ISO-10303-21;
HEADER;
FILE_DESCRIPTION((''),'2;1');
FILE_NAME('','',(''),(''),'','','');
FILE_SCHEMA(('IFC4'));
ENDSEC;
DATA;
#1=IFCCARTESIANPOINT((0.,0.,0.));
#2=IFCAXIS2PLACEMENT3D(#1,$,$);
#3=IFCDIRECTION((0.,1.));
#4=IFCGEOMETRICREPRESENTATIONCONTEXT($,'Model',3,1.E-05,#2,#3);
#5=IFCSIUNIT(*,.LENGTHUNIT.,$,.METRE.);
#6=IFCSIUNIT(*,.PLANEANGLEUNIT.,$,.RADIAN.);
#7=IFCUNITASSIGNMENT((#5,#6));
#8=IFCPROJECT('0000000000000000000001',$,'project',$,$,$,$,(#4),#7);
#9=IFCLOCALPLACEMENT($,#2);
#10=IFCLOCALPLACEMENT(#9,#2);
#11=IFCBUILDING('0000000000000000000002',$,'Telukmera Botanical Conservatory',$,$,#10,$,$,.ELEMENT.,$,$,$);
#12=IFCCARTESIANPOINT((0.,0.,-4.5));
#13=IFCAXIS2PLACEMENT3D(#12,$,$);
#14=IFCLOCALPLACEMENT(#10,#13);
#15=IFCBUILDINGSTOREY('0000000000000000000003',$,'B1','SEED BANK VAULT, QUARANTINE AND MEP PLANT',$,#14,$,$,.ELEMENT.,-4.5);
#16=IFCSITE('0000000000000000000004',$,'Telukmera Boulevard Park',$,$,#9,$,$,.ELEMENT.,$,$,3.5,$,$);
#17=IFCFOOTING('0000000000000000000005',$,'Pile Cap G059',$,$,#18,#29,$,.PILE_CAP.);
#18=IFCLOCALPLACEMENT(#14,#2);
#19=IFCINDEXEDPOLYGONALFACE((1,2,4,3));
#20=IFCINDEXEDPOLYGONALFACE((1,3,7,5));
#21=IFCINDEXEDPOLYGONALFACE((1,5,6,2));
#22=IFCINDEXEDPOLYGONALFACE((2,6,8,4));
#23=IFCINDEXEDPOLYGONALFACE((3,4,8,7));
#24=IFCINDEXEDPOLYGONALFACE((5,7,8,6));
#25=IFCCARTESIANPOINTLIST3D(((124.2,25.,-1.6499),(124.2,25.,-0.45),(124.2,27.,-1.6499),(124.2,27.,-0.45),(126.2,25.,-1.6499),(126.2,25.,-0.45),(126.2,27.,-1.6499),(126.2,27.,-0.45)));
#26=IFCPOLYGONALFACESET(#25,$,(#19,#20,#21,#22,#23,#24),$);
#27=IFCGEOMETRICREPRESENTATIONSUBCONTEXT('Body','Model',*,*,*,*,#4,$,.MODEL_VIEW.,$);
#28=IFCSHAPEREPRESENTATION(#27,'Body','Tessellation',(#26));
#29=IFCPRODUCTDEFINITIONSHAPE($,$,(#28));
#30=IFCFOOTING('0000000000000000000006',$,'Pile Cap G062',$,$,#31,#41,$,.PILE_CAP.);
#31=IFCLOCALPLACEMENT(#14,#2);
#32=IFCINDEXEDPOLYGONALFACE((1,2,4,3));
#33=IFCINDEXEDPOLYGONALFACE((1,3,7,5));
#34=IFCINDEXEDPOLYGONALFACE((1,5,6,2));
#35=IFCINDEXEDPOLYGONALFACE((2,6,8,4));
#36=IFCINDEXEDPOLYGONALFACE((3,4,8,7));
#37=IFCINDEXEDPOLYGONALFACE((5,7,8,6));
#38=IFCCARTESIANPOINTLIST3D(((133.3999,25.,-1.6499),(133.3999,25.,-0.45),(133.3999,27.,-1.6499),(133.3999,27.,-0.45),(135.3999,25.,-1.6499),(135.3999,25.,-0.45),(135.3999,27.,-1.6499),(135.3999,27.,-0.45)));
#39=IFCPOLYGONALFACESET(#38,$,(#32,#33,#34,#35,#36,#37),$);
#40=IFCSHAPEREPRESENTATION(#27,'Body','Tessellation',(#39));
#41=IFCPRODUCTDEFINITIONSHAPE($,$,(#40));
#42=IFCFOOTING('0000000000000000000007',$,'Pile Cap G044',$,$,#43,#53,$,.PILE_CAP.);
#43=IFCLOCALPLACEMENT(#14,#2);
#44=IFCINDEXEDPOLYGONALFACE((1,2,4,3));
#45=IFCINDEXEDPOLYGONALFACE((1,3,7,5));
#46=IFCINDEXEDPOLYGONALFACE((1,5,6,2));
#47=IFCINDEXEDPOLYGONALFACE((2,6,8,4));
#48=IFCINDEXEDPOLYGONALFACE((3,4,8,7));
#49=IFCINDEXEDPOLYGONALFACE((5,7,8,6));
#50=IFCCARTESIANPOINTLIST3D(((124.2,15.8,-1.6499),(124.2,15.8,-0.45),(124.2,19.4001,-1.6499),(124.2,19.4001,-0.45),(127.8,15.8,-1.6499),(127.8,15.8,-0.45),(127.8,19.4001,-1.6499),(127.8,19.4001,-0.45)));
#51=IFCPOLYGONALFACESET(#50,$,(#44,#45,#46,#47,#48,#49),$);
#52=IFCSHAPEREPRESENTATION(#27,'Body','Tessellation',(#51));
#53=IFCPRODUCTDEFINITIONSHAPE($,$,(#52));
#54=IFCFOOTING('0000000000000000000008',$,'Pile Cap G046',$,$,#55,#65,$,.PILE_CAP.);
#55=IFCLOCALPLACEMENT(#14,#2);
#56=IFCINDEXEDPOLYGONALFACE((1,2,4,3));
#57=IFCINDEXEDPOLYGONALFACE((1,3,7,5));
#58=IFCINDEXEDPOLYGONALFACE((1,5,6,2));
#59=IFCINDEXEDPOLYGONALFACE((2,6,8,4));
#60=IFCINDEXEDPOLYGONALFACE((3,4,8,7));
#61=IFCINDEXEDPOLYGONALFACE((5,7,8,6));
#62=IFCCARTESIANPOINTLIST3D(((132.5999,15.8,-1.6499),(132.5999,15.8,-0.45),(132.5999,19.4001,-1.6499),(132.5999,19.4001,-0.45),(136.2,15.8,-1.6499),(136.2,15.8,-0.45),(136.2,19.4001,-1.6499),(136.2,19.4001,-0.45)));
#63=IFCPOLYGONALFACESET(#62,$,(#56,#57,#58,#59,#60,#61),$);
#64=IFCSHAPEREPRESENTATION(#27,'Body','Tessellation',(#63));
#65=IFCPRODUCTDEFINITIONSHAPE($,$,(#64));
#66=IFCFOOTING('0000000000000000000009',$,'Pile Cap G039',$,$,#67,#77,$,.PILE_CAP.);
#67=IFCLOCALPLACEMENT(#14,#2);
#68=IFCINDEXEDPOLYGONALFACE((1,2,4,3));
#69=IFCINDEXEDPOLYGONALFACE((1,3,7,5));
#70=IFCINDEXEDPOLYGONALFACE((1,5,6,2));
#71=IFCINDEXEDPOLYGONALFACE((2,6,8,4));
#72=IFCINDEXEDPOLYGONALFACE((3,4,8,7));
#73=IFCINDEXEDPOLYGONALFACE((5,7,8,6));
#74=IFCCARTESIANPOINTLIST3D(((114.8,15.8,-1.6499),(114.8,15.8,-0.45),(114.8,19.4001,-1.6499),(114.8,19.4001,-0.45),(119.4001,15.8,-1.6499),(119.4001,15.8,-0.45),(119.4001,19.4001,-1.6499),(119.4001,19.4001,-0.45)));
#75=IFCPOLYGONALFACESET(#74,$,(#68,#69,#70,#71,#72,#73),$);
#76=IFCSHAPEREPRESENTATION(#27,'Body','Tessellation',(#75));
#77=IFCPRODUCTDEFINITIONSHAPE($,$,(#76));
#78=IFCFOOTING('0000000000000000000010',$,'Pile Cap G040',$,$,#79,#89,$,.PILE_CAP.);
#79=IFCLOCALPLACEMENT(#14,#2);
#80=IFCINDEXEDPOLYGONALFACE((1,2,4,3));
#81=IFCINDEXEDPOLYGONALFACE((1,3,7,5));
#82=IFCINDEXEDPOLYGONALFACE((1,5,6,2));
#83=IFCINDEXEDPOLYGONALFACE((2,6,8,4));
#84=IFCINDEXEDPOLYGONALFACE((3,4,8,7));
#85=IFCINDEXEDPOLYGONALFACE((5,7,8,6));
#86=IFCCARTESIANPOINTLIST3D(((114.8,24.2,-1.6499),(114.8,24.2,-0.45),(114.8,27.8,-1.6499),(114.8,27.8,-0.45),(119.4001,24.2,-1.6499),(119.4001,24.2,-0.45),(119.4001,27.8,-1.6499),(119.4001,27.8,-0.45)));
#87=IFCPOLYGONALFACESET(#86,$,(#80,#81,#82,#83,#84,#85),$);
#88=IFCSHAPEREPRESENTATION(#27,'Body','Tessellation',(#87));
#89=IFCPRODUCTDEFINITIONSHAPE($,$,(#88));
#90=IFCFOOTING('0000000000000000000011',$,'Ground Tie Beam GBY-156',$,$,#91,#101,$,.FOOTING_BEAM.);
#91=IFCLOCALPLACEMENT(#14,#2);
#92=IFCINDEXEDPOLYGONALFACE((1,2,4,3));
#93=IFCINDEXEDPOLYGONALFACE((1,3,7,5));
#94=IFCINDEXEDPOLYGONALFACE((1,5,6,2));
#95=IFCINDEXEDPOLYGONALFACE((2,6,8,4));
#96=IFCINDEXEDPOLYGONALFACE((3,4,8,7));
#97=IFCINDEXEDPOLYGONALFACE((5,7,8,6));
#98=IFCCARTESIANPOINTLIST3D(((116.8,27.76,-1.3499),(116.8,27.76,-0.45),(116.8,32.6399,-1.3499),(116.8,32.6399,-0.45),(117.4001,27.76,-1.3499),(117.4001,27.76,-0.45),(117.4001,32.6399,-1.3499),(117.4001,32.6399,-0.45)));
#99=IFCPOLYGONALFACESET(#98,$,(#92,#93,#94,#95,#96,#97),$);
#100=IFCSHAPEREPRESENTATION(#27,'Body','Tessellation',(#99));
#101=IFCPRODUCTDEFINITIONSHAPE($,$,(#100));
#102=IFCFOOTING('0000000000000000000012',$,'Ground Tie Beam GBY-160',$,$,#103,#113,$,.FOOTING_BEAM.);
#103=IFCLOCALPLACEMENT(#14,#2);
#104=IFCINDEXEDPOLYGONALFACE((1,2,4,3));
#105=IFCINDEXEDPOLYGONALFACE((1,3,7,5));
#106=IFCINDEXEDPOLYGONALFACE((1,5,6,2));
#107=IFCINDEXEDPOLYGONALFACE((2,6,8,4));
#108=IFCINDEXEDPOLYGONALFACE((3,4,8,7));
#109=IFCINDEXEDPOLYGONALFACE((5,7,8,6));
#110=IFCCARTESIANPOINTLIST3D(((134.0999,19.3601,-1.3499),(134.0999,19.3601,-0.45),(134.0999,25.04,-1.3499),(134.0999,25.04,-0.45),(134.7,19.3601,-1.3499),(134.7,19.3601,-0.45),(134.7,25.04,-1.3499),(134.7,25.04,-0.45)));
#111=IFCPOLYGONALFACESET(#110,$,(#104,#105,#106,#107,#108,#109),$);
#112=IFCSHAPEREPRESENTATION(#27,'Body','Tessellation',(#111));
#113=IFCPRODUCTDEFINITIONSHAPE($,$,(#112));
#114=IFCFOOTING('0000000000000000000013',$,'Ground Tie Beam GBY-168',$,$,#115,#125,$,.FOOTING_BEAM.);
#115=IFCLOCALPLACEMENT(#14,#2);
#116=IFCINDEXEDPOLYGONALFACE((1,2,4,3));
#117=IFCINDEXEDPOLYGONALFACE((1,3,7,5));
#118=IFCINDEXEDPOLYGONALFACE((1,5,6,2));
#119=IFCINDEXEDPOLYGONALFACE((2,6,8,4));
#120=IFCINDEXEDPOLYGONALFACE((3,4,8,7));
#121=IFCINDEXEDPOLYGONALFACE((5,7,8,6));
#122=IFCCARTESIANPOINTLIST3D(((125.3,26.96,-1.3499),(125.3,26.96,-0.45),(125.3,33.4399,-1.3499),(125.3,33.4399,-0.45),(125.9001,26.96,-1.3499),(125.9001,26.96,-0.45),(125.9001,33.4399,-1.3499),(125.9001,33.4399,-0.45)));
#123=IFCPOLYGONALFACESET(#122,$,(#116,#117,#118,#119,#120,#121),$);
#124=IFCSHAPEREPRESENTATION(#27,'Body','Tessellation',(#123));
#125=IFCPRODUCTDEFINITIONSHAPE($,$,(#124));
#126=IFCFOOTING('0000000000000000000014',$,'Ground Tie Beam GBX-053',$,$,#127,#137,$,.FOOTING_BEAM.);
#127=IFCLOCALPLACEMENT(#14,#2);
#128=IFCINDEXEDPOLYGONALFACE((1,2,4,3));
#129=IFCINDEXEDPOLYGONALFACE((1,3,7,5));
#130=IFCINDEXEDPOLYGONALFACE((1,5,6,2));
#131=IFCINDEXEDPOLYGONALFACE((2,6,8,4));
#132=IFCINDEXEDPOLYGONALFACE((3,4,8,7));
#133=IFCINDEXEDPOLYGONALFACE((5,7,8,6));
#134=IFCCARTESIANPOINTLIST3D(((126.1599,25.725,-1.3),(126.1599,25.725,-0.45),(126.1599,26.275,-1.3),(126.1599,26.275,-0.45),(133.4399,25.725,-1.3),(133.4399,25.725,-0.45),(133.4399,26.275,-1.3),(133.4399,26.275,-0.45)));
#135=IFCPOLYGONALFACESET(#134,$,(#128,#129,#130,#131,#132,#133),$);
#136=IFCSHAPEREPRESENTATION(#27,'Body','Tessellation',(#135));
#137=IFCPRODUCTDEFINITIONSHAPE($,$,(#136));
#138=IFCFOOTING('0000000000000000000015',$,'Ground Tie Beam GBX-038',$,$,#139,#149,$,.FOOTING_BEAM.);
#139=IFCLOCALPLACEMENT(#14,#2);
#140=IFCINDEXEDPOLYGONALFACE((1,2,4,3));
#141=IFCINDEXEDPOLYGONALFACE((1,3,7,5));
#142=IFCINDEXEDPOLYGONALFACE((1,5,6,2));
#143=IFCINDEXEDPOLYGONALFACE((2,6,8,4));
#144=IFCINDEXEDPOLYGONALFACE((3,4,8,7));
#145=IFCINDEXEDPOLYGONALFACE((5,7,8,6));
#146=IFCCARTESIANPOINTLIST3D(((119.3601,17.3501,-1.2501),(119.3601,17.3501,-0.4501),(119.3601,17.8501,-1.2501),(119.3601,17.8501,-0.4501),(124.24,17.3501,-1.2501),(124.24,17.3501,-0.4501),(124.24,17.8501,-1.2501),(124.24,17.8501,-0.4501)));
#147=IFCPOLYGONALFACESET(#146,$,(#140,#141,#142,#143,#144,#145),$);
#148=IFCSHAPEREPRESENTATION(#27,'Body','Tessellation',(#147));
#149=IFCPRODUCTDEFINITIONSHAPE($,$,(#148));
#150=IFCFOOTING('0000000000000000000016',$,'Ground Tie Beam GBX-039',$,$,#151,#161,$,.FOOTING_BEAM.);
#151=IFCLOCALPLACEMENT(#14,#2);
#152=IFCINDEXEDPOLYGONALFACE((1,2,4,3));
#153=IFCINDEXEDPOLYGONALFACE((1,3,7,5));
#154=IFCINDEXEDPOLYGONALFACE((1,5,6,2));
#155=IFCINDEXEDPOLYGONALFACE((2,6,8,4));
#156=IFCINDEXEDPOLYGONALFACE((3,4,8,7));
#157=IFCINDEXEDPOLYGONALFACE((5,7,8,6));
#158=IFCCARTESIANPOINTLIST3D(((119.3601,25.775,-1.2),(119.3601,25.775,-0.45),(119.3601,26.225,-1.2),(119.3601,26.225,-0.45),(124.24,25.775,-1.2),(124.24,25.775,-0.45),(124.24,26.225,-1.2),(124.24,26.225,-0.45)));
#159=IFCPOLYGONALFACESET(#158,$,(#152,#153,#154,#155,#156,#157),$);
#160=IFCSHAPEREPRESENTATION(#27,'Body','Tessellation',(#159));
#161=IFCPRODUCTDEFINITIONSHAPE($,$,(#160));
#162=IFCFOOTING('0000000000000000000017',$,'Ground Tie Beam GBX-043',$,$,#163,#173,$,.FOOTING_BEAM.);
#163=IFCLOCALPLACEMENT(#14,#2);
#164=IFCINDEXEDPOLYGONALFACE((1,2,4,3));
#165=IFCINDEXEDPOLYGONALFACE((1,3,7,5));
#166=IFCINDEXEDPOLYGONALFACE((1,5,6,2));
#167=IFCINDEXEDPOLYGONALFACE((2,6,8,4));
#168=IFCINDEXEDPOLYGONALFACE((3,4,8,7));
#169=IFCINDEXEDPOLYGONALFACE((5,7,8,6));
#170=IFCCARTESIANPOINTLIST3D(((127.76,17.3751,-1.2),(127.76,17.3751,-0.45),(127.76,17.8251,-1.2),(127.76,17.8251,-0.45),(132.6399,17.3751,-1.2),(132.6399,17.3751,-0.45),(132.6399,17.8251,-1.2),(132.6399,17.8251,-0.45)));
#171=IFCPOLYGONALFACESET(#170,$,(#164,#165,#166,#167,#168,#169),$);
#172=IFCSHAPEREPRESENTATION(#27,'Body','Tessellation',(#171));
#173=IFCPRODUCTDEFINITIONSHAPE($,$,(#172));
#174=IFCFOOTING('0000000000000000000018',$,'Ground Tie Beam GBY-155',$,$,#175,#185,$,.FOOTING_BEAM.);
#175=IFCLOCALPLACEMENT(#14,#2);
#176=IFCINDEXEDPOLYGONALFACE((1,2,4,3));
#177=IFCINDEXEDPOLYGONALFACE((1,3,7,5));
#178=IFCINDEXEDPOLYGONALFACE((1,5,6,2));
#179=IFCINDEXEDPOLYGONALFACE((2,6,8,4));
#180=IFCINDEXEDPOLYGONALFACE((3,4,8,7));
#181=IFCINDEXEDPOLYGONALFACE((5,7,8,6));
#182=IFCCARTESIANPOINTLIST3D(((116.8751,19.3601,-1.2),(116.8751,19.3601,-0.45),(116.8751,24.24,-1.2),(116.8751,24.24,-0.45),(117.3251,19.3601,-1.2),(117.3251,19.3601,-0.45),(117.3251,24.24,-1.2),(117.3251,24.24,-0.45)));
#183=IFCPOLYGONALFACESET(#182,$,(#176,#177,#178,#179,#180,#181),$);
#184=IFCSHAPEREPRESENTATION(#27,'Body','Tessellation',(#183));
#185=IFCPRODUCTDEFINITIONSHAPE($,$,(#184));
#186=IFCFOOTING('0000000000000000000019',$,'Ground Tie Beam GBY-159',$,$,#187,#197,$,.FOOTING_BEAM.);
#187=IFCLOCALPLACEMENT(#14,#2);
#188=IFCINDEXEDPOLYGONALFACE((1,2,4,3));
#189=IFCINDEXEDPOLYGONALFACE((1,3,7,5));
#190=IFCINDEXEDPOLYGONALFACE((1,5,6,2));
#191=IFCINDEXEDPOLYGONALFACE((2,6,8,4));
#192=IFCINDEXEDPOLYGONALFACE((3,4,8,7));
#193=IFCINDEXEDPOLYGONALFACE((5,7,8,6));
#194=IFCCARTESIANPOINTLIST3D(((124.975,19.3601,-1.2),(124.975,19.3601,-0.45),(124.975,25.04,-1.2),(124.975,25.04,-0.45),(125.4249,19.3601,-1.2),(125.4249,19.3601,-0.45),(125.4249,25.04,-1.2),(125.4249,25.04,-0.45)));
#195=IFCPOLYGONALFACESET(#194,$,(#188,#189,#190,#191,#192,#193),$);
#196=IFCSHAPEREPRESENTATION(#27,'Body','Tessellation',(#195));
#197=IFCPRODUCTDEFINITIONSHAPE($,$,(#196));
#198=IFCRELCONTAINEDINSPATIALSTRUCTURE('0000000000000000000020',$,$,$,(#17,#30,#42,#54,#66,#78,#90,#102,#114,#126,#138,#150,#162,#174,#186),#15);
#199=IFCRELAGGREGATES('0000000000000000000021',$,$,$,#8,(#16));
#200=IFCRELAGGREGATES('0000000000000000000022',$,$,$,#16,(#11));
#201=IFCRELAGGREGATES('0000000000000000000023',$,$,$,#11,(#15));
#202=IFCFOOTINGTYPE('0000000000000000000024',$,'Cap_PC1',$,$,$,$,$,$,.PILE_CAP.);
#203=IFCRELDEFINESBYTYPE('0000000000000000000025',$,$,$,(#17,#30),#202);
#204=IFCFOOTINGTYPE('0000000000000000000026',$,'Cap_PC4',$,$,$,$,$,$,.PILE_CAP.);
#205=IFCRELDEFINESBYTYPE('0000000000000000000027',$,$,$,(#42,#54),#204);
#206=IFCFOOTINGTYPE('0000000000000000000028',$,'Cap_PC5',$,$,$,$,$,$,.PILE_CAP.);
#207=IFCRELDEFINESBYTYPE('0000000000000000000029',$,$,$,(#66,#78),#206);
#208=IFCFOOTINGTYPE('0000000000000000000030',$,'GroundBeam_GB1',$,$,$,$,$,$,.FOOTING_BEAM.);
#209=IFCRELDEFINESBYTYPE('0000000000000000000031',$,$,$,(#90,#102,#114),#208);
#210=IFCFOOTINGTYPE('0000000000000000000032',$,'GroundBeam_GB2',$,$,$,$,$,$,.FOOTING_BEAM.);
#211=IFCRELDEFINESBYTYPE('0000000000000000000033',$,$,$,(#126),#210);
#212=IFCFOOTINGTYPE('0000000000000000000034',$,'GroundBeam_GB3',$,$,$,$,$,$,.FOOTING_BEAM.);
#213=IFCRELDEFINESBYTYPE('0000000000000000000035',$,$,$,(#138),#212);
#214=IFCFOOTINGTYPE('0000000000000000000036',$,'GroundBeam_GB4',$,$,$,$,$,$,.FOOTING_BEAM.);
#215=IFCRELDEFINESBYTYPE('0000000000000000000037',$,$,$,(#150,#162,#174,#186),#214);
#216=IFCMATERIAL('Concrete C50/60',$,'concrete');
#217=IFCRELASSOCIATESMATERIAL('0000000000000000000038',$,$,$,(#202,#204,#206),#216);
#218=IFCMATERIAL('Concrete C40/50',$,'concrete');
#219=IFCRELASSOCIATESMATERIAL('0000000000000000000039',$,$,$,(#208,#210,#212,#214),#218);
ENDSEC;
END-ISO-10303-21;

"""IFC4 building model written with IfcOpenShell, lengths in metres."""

from ifc_helpers import new_model, si_unit, direction, frame, origin, origin_2d, place, context, subcontext, project, spatial, rectangle, extrude, material, material_profile, profile_set, type_object, element, save


model = new_model("IFC4")

# Units and contexts
model_context = context("Model", 3, precision=1e-05, world=origin(), true_north=direction((0.0, 1.0)))
body_context = subcontext(model_context, "Body", "Model", "MODEL_VIEW")
ifc_project = project(units=[si_unit("LENGTHUNIT", "METRE"), si_unit("PLANEANGLEUNIT", "RADIAN")], contexts=[model_context])

# Site, building, storey
site_placement = place(None, origin())
site = spatial("IfcSite", under=ifc_project, at=site_placement, Name="Telukmera Boulevard Park", CompositionType="ELEMENT", RefElevation=3.5)
building_placement = place(site_placement, origin())
building = spatial("IfcBuilding", under=site, at=building_placement, Name="Telukmera Botanical Conservatory", CompositionType="ELEMENT")
storey_placement = place(building_placement, frame((0.0, 0.0, -4.5)))
storey = spatial("IfcBuildingStorey", under=building, at=storey_placement, Name="B1", Description="SEED BANK VAULT, QUARANTINE AND MEP PLANT", CompositionType="ELEMENT", Elevation=-4.5)

# Footings
ifc_material_1 = material(Name="Concrete C50/60", Category="concrete")
footing_type_1 = type_object("IfcFootingType", Name="Cap_PC1", PredefinedType="PILE_CAP", material=ifc_material_1)
for number, where, z_axis, x_axis, name in (
    (1, (125.2, 26.0, -1.6499), (0.0, 0.0, 1.0), (1.0, 0.0, 0.0), "Pile Cap G059"),
    (2, (134.3999, 26.0, -1.6499), (0.0, 0.0, 1.0), (1.0, 0.0, 0.0), "Pile Cap G062"),
):
    element("IfcFooting", number, at=place(storey_placement, frame(where, z_axis=z_axis, x_axis=x_axis)), inside=storey, type_object=footing_type_1, Name=name, PredefinedType="PILE_CAP", context=body_context, shape_type="SweptSolid", body=[
        extrude(rectangle(XDim=2.0, YDim=2.0, at=origin_2d()), origin(), (0.0, 0.0, 1.0), 1.2),
    ])
footing_type_2 = type_object("IfcFootingType", Name="Cap_PC4", PredefinedType="PILE_CAP", material=ifc_material_1)
for number, where, z_axis, x_axis, name in (
    (3, (126.0, 17.6001, -1.6499), (0.0, 0.0, 1.0), (1.0, 0.0, 0.0), "Pile Cap G044"),
    (4, (134.3999, 17.6001, -1.6499), (0.0, 0.0, 1.0), (1.0, 0.0, 0.0), "Pile Cap G046"),
):
    element("IfcFooting", number, at=place(storey_placement, frame(where, z_axis=z_axis, x_axis=x_axis)), inside=storey, type_object=footing_type_2, Name=name, PredefinedType="PILE_CAP", context=body_context, shape_type="SweptSolid", body=[
        extrude(rectangle(XDim=3.6001, YDim=3.6001, at=origin_2d()), origin(), (0.0, 0.0, 1.0), 1.2),
    ])
footing_type_3 = type_object("IfcFootingType", Name="Cap_PC5", PredefinedType="PILE_CAP", material=ifc_material_1)
for number, where, z_axis, x_axis, name in (
    (5, (117.1001, 17.6001, -1.6499), (0.0, 0.0, 1.0), (1.0, 0.0, 0.0), "Pile Cap G039"),
    (6, (117.1001, 26.0, -1.6499), (0.0, 0.0, 1.0), (1.0, 0.0, 0.0), "Pile Cap G040"),
):
    element("IfcFooting", number, at=place(storey_placement, frame(where, z_axis=z_axis, x_axis=x_axis)), inside=storey, type_object=footing_type_3, Name=name, PredefinedType="PILE_CAP", context=body_context, shape_type="SweptSolid", body=[
        extrude(rectangle(XDim=4.6001, YDim=3.6001, at=origin_2d()), origin(), (0.0, 0.0, 1.0), 1.2),
    ])
ifc_material_2 = material(Name="Concrete C40/50", Category="concrete")
ifc_material_profile_1 = material_profile(ifc_material_2, rectangle(XDim=0.6001, YDim=0.8999, at=origin_2d()), Name="RC 600x900")
ifc_profile_set_1 = profile_set([ifc_material_profile_1], Name="Concrete C40/50")
footing_type_4 = type_object("IfcFootingType", Name="GroundBeam_GB1", PredefinedType="FOOTING_BEAM", material=ifc_profile_set_1)
footing_1_placement = place(storey_placement, frame((117.1001, 27.76, -0.8999), z_axis=(0.0, 1.0, 0.0), x_axis=(-1.0, 0.0, 0.0)))
element("IfcFooting", 7, at=footing_1_placement, inside=storey, type_object=footing_type_4, Name="Ground Tie Beam GBY-156", PredefinedType="FOOTING_BEAM", context=body_context, shape_type="SweptSolid", body=[
    extrude(rectangle(XDim=0.6001, YDim=0.8999, at=origin_2d()), origin(), (0.0, 0.0, 1.0), 4.8799),
])
footing_2_placement = place(storey_placement, frame((134.3999, 19.3601, -0.8999), z_axis=(0.0, 1.0, 0.0), x_axis=(-1.0, 0.0, 0.0)))
element("IfcFooting", 8, at=footing_2_placement, inside=storey, type_object=footing_type_4, Name="Ground Tie Beam GBY-160", PredefinedType="FOOTING_BEAM", context=body_context, shape_type="SweptSolid", body=[
    extrude(rectangle(XDim=0.6001, YDim=0.8999, at=origin_2d()), origin(), (0.0, 0.0, 1.0), 5.6799),
])
footing_3_placement = place(storey_placement, frame((125.6001, 26.96, -0.8999), z_axis=(0.0, 1.0, 0.0), x_axis=(-1.0, 0.0, 0.0)))
element("IfcFooting", 9, at=footing_3_placement, inside=storey, type_object=footing_type_4, Name="Ground Tie Beam GBY-168", PredefinedType="FOOTING_BEAM", context=body_context, shape_type="SweptSolid", body=[
    extrude(rectangle(XDim=0.6001, YDim=0.8999, at=origin_2d()), origin(), (0.0, 0.0, 1.0), 6.48),
])
ifc_material_profile_2 = material_profile(ifc_material_2, rectangle(XDim=0.55, YDim=0.8501, at=origin_2d()), Name="RC 550x850")
ifc_profile_set_2 = profile_set([ifc_material_profile_2], Name="Concrete C40/50")
footing_type_5 = type_object("IfcFootingType", Name="GroundBeam_GB2", PredefinedType="FOOTING_BEAM", material=ifc_profile_set_2)
footing_4_placement = place(storey_placement, frame((126.1599, 26.0, -0.875), z_axis=(1.0, 0.0, 0.0), x_axis=(0.0, 1.0, 0.0)))
element("IfcFooting", 10, at=footing_4_placement, inside=storey, type_object=footing_type_5, Name="Ground Tie Beam GBX-053", PredefinedType="FOOTING_BEAM", context=body_context, shape_type="SweptSolid", body=[
    extrude(rectangle(XDim=0.55, YDim=0.8501, at=origin_2d()), origin(), (0.0, 0.0, 1.0), 7.28),
])
ifc_material_profile_3 = material_profile(ifc_material_2, rectangle(XDim=0.5, YDim=0.8, at=origin_2d()), Name="RC 500x800")
ifc_profile_set_3 = profile_set([ifc_material_profile_3], Name="Concrete C40/50")
footing_type_6 = type_object("IfcFootingType", Name="GroundBeam_GB3", PredefinedType="FOOTING_BEAM", material=ifc_profile_set_3)
footing_5_placement = place(storey_placement, frame((119.3601, 17.6001, -0.8501), z_axis=(1.0, 0.0, 0.0), x_axis=(0.0, 1.0, 0.0)))
element("IfcFooting", 11, at=footing_5_placement, inside=storey, type_object=footing_type_6, Name="Ground Tie Beam GBX-038", PredefinedType="FOOTING_BEAM", context=body_context, shape_type="SweptSolid", body=[
    extrude(rectangle(XDim=0.5, YDim=0.8, at=origin_2d()), origin(), (0.0, 0.0, 1.0), 4.8799),
])
ifc_material_profile_4 = material_profile(ifc_material_2, rectangle(XDim=0.45, YDim=0.75, at=origin_2d()), Name="RC 450x750")
ifc_profile_set_4 = profile_set([ifc_material_profile_4], Name="Concrete C40/50")
footing_type_7 = type_object("IfcFootingType", Name="GroundBeam_GB4", PredefinedType="FOOTING_BEAM", material=ifc_profile_set_4)
for number, where, z_axis, x_axis, name in (
    (12, (119.3601, 26.0, -0.825), (1.0, 0.0, 0.0), (0.0, 1.0, 0.0), "Ground Tie Beam GBX-039"),
    (13, (127.76, 17.6001, -0.825), (1.0, 0.0, 0.0), (0.0, 1.0, 0.0), "Ground Tie Beam GBX-043"),
    (14, (117.1001, 19.3601, -0.825), (0.0, 1.0, 0.0), (-1.0, 0.0, 0.0), "Ground Tie Beam GBY-155"),
):
    element("IfcFooting", number, at=place(storey_placement, frame(where, z_axis=z_axis, x_axis=x_axis)), inside=storey, type_object=footing_type_7, Name=name, PredefinedType="FOOTING_BEAM", context=body_context, shape_type="SweptSolid", body=[
        extrude(rectangle(XDim=0.45, YDim=0.75, at=origin_2d()), origin(), (0.0, 0.0, 1.0), 4.8799),
    ])
footing_6_placement = place(storey_placement, frame((125.2, 19.3601, -0.825), z_axis=(0.0, 1.0, 0.0), x_axis=(-1.0, 0.0, 0.0)))
element("IfcFooting", 15, at=footing_6_placement, inside=storey, type_object=footing_type_7, Name="Ground Tie Beam GBY-159", PredefinedType="FOOTING_BEAM", context=body_context, shape_type="SweptSolid", body=[
    extrude(rectangle(XDim=0.45, YDim=0.75, at=origin_2d()), origin(), (0.0, 0.0, 1.0), 5.6799),
])

save(model, "model.ifc")
